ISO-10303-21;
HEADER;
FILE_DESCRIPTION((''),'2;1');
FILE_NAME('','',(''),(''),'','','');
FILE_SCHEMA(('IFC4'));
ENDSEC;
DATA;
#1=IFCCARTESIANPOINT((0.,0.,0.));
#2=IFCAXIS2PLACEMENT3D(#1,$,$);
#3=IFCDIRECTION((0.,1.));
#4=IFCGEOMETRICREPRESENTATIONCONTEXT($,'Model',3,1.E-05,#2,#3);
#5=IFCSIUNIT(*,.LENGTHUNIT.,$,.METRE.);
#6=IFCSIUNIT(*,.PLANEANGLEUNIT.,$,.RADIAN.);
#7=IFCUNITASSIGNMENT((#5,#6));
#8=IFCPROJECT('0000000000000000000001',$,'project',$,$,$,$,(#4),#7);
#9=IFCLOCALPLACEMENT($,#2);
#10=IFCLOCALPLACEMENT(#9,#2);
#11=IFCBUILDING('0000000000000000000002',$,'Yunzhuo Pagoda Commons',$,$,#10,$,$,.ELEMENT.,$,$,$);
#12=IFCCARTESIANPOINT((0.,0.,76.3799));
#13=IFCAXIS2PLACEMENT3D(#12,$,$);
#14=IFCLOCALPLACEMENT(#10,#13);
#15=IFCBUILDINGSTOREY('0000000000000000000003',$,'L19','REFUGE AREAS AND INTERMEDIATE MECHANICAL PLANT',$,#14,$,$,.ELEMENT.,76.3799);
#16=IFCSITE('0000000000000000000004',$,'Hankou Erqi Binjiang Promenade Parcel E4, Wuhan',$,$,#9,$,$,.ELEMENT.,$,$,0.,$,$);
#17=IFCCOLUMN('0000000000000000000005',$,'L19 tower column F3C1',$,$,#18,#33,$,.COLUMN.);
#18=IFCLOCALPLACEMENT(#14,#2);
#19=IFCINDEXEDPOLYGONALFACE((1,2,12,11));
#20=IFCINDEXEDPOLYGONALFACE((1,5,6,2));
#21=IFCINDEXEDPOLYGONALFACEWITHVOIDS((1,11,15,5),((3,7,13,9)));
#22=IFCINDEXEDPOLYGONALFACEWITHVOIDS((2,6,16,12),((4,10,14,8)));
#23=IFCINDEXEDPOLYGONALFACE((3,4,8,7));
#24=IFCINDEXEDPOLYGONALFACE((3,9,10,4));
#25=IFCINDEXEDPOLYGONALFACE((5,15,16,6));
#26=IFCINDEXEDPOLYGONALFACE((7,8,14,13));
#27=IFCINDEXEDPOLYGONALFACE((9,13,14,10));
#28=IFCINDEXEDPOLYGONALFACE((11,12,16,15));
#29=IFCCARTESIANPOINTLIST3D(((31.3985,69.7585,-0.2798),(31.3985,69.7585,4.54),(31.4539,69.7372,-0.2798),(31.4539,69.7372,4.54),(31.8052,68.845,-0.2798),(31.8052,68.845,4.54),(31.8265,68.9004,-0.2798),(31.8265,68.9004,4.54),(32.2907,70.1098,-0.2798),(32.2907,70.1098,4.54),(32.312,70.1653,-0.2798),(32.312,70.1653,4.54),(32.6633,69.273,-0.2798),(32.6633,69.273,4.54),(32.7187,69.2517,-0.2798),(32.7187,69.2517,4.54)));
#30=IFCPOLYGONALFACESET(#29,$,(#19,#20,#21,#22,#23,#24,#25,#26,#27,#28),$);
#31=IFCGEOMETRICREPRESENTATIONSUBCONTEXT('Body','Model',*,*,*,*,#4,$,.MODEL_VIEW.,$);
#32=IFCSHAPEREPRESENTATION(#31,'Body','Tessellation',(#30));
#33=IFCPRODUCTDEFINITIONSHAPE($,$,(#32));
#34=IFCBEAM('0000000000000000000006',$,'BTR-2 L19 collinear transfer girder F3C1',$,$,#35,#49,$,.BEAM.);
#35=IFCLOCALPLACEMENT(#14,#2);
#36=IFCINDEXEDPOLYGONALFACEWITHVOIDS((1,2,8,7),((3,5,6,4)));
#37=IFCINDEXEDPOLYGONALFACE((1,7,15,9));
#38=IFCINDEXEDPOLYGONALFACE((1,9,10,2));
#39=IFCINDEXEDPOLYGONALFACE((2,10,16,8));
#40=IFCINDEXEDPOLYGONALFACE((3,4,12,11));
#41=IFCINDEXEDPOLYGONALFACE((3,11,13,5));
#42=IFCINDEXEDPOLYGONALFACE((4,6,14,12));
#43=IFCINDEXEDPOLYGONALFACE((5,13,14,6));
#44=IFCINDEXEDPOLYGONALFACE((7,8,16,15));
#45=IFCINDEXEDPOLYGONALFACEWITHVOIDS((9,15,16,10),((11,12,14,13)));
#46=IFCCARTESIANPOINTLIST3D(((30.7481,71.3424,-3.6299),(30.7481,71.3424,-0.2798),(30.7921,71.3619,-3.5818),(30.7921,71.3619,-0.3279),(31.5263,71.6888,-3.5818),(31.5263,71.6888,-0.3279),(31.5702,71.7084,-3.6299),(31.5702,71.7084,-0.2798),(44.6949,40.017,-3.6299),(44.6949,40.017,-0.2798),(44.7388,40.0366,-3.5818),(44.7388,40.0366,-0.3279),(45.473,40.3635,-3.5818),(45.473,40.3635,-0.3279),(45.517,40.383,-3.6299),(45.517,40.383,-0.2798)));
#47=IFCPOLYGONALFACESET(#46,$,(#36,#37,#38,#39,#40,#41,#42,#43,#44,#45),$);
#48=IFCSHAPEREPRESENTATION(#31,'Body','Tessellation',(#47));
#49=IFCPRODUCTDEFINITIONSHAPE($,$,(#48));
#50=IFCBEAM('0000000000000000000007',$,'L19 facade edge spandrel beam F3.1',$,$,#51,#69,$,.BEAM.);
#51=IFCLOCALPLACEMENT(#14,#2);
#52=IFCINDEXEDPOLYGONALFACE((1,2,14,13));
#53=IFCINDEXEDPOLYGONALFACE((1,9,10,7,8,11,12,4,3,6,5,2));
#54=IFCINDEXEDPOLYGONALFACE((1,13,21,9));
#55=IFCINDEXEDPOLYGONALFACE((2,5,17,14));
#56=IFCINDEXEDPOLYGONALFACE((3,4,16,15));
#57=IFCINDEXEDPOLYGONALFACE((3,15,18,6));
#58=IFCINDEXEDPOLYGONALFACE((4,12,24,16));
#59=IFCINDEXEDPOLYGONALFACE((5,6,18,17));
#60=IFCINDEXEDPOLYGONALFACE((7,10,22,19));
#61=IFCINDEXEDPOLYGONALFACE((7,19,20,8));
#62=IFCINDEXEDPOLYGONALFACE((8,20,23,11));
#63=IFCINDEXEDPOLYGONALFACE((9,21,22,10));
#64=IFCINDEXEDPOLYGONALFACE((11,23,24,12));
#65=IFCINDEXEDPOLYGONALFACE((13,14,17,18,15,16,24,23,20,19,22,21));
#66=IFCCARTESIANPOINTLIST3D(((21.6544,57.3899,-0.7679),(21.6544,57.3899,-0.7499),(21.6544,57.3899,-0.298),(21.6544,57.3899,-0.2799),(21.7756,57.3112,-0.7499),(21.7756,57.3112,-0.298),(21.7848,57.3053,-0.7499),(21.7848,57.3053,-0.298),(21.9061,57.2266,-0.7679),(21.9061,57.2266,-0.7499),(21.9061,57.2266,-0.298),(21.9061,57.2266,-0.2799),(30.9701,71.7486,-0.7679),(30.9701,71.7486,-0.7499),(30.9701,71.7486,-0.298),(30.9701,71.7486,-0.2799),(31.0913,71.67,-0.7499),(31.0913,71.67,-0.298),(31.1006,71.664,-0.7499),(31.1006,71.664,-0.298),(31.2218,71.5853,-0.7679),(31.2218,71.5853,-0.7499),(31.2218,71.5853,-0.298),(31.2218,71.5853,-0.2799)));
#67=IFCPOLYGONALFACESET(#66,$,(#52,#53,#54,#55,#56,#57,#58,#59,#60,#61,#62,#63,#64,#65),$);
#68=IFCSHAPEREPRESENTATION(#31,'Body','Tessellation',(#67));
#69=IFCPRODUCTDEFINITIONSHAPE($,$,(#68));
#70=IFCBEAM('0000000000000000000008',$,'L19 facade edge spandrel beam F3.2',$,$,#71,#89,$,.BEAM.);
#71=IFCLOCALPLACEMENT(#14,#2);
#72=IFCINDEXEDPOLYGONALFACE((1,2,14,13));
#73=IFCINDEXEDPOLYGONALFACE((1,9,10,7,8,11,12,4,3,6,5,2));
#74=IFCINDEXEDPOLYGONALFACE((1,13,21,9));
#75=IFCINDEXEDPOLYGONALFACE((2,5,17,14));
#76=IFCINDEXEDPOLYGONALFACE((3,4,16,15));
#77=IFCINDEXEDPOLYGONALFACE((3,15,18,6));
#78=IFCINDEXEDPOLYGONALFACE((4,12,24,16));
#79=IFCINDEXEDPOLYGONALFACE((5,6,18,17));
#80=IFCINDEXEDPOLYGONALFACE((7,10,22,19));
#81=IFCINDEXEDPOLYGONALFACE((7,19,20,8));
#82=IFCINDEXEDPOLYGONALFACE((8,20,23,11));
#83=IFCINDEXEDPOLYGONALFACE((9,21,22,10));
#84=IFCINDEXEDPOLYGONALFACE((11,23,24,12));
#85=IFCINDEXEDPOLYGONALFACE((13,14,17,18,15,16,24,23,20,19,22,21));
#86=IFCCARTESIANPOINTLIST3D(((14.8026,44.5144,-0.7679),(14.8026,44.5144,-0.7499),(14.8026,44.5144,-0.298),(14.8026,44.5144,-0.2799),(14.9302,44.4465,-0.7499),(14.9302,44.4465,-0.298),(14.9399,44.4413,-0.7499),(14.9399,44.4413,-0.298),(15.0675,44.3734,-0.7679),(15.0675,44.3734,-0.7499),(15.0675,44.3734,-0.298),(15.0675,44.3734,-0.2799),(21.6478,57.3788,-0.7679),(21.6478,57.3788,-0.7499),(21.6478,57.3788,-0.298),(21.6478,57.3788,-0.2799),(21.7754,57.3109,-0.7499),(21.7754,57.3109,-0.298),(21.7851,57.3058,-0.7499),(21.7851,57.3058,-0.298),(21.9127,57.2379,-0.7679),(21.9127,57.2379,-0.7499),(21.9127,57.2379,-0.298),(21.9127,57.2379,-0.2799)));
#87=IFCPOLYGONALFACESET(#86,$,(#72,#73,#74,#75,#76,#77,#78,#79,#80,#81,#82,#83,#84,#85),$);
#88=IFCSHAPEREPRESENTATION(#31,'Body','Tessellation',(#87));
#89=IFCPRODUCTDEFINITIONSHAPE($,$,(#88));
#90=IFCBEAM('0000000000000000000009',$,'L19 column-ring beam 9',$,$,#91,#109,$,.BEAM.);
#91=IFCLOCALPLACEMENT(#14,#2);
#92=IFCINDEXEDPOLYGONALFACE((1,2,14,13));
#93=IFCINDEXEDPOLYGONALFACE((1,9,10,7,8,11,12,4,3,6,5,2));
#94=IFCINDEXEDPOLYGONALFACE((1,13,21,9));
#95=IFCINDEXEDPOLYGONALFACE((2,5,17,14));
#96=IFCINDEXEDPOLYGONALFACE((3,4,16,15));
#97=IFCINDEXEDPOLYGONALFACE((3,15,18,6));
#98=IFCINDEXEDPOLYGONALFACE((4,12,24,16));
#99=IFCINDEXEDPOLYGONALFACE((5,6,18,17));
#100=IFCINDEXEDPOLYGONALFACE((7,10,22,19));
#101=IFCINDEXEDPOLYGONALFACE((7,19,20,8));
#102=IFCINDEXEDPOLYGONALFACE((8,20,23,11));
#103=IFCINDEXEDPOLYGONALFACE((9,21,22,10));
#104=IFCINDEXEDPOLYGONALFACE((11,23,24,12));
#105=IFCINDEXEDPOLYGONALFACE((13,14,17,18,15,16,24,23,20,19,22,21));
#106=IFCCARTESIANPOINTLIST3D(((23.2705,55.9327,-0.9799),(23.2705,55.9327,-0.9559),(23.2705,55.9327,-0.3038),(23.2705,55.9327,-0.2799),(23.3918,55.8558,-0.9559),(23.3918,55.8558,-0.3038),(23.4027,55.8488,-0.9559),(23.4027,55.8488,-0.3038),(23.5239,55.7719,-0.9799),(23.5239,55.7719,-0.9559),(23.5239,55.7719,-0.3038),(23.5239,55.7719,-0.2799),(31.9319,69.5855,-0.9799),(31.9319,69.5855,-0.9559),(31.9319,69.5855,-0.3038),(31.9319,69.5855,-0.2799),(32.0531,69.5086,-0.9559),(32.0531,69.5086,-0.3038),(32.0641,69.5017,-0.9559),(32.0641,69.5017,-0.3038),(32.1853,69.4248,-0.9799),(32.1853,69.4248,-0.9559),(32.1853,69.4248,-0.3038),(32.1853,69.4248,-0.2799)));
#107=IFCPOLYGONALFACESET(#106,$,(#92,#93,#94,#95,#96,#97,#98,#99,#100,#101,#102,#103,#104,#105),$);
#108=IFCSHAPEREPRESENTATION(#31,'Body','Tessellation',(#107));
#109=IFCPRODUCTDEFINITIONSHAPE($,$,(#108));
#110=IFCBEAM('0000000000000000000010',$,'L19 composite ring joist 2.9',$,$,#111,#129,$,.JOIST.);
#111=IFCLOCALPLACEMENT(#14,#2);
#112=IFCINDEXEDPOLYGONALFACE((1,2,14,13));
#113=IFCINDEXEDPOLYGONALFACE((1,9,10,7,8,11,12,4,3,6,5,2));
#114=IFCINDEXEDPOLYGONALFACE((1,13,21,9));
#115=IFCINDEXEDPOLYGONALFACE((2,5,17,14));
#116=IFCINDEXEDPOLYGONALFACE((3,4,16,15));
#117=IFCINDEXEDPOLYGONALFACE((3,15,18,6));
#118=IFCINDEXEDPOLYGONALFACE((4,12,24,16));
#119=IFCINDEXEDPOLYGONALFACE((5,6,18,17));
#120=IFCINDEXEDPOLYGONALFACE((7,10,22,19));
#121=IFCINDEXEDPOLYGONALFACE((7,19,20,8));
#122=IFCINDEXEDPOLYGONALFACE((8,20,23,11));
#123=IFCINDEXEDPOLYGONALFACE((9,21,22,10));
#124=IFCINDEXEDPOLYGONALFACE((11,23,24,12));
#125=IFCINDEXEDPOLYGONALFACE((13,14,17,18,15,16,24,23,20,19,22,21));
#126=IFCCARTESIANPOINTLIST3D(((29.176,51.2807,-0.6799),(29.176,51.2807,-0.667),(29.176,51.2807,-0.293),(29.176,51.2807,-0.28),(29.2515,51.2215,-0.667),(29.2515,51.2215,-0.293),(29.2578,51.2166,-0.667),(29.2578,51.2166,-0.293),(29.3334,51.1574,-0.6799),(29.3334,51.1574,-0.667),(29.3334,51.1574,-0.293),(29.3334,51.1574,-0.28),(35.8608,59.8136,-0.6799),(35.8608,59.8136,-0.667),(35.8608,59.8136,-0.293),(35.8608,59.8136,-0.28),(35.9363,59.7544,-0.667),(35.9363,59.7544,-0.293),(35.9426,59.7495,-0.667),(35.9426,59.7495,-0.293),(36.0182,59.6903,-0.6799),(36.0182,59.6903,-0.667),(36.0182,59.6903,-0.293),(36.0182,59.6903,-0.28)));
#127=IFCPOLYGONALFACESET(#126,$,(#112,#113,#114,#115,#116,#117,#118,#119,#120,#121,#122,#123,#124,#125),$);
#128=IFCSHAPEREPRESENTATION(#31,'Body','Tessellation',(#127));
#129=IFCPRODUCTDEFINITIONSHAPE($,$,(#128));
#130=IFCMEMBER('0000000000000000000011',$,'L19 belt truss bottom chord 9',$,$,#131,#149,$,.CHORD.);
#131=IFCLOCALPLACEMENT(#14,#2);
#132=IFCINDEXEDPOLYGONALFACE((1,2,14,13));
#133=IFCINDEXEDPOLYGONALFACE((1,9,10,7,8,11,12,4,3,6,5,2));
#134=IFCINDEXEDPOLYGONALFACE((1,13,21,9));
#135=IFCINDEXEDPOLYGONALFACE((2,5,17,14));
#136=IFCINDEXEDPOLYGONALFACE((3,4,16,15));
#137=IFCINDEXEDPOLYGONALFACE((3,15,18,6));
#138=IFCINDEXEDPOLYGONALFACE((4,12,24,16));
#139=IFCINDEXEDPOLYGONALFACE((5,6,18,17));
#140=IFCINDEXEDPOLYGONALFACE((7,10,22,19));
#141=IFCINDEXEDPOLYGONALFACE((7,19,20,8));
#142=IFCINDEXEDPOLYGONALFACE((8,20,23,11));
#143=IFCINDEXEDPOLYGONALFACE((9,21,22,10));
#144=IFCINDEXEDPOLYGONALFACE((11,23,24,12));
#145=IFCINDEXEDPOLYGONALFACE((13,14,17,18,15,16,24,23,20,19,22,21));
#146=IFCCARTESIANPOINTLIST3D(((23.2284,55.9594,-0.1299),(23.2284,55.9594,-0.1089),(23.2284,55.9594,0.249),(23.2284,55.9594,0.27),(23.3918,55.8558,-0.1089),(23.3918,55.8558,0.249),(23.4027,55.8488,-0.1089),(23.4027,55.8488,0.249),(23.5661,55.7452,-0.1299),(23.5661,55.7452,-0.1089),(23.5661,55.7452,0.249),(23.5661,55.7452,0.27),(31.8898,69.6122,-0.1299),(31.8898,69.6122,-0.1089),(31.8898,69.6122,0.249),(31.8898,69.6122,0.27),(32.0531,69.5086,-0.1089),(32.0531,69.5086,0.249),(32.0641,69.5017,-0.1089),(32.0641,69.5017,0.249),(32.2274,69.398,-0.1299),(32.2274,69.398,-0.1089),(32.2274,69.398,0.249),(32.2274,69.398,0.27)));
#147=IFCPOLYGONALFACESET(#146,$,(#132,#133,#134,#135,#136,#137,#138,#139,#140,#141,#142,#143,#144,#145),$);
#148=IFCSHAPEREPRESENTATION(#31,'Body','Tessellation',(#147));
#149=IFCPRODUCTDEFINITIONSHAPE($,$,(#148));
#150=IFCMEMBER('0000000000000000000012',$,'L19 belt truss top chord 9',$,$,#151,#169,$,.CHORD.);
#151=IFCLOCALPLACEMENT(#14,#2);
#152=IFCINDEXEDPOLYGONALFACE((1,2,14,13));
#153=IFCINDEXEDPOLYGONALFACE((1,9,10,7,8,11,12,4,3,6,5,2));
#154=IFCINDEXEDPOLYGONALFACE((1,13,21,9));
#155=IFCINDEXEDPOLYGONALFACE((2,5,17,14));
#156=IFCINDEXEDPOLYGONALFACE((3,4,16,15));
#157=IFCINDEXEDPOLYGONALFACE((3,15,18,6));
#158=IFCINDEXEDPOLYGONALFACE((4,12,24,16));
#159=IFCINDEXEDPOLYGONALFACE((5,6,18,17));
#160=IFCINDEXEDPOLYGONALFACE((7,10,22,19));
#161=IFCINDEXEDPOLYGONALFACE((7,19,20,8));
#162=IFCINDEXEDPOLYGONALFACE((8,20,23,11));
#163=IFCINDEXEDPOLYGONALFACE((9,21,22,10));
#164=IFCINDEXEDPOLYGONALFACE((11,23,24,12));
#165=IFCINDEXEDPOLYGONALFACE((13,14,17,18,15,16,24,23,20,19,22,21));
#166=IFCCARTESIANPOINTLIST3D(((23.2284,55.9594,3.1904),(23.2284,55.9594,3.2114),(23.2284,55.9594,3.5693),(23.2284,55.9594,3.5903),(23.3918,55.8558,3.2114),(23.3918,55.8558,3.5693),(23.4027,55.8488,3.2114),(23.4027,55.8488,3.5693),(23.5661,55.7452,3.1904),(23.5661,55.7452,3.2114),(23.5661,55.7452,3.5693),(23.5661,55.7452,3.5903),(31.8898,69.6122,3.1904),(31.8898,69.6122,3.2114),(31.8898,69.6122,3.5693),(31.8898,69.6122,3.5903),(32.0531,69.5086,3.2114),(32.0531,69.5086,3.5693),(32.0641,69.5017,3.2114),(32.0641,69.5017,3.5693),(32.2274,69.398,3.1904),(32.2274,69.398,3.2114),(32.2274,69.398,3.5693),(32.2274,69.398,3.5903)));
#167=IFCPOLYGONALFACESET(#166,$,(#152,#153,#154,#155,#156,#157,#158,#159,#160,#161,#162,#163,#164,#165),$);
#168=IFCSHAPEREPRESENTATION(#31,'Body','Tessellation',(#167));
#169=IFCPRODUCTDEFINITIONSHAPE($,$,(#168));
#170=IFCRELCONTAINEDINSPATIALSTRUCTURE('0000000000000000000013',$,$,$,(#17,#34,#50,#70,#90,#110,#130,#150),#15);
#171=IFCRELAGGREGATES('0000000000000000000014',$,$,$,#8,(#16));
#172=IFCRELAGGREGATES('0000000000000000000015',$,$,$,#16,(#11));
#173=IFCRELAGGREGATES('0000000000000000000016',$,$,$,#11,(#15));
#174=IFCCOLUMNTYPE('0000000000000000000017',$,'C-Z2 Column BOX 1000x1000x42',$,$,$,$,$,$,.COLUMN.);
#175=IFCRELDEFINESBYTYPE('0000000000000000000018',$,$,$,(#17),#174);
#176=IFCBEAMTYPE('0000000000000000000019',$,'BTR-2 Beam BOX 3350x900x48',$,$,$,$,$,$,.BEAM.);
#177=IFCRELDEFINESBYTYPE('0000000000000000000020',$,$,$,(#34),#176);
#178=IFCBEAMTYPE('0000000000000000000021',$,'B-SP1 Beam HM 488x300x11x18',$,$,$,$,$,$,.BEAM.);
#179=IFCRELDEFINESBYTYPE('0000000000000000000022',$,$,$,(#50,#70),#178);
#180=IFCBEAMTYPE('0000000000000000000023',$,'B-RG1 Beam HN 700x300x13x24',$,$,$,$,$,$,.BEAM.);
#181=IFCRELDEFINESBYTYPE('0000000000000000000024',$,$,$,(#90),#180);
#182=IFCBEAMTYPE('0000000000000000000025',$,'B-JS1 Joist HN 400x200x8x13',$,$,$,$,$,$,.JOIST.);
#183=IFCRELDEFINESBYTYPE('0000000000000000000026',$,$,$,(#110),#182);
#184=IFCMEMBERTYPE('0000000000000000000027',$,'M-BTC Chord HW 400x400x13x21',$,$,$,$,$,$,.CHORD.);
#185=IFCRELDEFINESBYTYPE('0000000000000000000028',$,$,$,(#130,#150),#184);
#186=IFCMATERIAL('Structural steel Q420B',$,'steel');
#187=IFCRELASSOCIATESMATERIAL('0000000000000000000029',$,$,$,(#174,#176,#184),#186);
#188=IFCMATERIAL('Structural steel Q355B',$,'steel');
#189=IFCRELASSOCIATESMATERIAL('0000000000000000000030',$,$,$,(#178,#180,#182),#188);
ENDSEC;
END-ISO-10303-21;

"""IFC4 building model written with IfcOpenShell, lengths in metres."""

from ifc_helpers import new_model, si_unit, direction, frame, origin, origin_2d, place, context, subcontext, project, spatial, hollow_rectangle, i_section, extrude, source, transform, mapped, material, material_profile, profile_set, type_object, element, save


model = new_model("IFC4")

# Units and contexts
model_context = context("Model", 3, precision=1e-05, world=origin(), true_north=direction((0.0, 1.0)))
body_context = subcontext(model_context, "Body", "Model", "MODEL_VIEW")
ifc_project = project(units=[si_unit("LENGTHUNIT", "METRE"), si_unit("PLANEANGLEUNIT", "RADIAN")], contexts=[model_context])

# Site, building, storey
site_placement = place(None, origin())
site = spatial("IfcSite", under=ifc_project, at=site_placement, Name="Hankou Erqi Binjiang Promenade Parcel E4, Wuhan", CompositionType="ELEMENT", RefElevation=0.0)
building_placement = place(site_placement, origin())
building = spatial("IfcBuilding", under=site, at=building_placement, Name="Yunzhuo Pagoda Commons", CompositionType="ELEMENT")
storey_placement = place(building_placement, frame((0.0, 0.0, 76.3799)))
storey = spatial("IfcBuildingStorey", under=building, at=storey_placement, Name="L19", Description="REFUGE AREAS AND INTERMEDIATE MECHANICAL PLANT", CompositionType="ELEMENT", Elevation=76.3799)

# Column
ifc_material_1 = material(Name="Structural steel Q420B", Category="steel")
ifc_material_profile_1 = material_profile(ifc_material_1, hollow_rectangle(XDim=1.0, YDim=1.0, WallThickness=0.042, at=origin_2d()), Name="Structural steel Q420B")
ifc_profile_set_1 = profile_set([ifc_material_profile_1], Name="Structural steel Q420B")
column_type = type_object("IfcColumnType", Name="C-Z2 Column BOX 1000x1000x42", PredefinedType="COLUMN", material=ifc_profile_set_1)
shared_shape_1 = source(origin(), body_context, "Body", "SweptSolid", [
    extrude(hollow_rectangle(XDim=1.0, YDim=1.0, WallThickness=0.042, at=origin_2d()), origin(), (0.0, 0.0, 1.0), 4.8198),
])
column_placement = place(storey_placement, frame((32.0586, 69.5051, -0.2798), z_axis=(0.0, 0.0, 1.0), x_axis=(-0.913545, -0.406737, 0.0)))
element("IfcColumn", 1, at=column_placement, inside=storey, type_object=column_type, Name="L19 tower column F3C1", PredefinedType="COLUMN", context=body_context, shape_type="MappedRepresentation", body=[
    mapped(shared_shape_1, transform((0.0, 0.0, 0.0), scale=1.0)),
])

# Beams
ifc_material_profile_2 = material_profile(ifc_material_1, hollow_rectangle(XDim=0.8999, YDim=3.3501, WallThickness=0.0481, at=origin_2d()), Name="Structural steel Q420B")
ifc_profile_set_2 = profile_set([ifc_material_profile_2], Name="Structural steel Q420B")
beam_type_1 = type_object("IfcBeamType", Name="BTR-2 Beam BOX 3350x900x48", PredefinedType="BEAM", material=ifc_profile_set_2)
shared_shape_2 = source(origin(), body_context, "Body", "SweptSolid", [
    extrude(hollow_rectangle(XDim=0.8999, YDim=3.3501, WallThickness=0.0481, at=origin_2d()), origin(), (0.0, 0.0, 1.0), 34.2898),
])
beam_1_placement = place(storey_placement, frame((31.1592, 71.5254, -1.9548), z_axis=(0.406732, -0.913548, 0.0), x_axis=(0.913548, 0.406732, 0.0)))
element("IfcBeam", 2, at=beam_1_placement, inside=storey, type_object=beam_type_1, Name="BTR-2 L19 collinear transfer girder F3C1", PredefinedType="BEAM", context=body_context, shape_type="MappedRepresentation", body=[
    mapped(shared_shape_2, transform((0.0, 0.0, 0.0), scale=1.0)),
])
ifc_material_2 = material(Name="Structural steel Q355B", Category="steel")
ifc_material_profile_3 = material_profile(ifc_material_2, i_section(OverallWidth=0.3, OverallDepth=0.488, WebThickness=0.011, FlangeThickness=0.0181, at=origin_2d()), Name="Structural steel Q355B")
ifc_profile_set_3 = profile_set([ifc_material_profile_3], Name="Structural steel Q355B")
beam_type_2 = type_object("IfcBeamType", Name="B-SP1 Beam HM 488x300x11x18", PredefinedType="BEAM", material=ifc_profile_set_3)
shared_shape_3 = source(origin(), body_context, "Body", "SweptSolid", [
    extrude(i_section(OverallWidth=0.3, OverallDepth=0.488, WebThickness=0.011, FlangeThickness=0.0181, at=origin_2d()), origin(), (0.0, 0.0, 1.0), 17.116),
])
beam_2_placement = place(storey_placement, frame((31.0959, 71.667, -0.5239), z_axis=(-0.544272, -0.838909, 0.0), x_axis=(0.838909, -0.544272, 0.0)))
element("IfcBeam", 3, at=beam_2_placement, inside=storey, type_object=beam_type_2, Name="L19 facade edge spandrel beam F3.1", PredefinedType="BEAM", context=body_context, shape_type="MappedRepresentation", body=[
    mapped(shared_shape_3, transform((0.0, 0.0, 0.0), scale=1.0)),
])
shared_shape_4 = source(origin(), body_context, "Body", "SweptSolid", [
    extrude(i_section(OverallWidth=0.3, OverallDepth=0.488, WebThickness=0.011, FlangeThickness=0.0181, at=origin_2d()), origin(), (0.0, 0.0, 1.0), 14.5723),
])
beam_3_placement = place(storey_placement, frame((21.7803, 57.3083, -0.5239), z_axis=(-0.469741, -0.882804, 0.0), x_axis=(0.882804, -0.469741, 0.0)))
element("IfcBeam", 4, at=beam_3_placement, inside=storey, type_object=beam_type_2, Name="L19 facade edge spandrel beam F3.2", PredefinedType="BEAM", context=body_context, shape_type="MappedRepresentation", body=[
    mapped(shared_shape_4, transform((0.0, 0.0, 0.0), scale=1.0)),
])
ifc_material_profile_4 = material_profile(ifc_material_2, i_section(OverallWidth=0.3, OverallDepth=0.7, WebThickness=0.0129, FlangeThickness=0.0239, at=origin_2d()), Name="Structural steel Q355B")
ifc_profile_set_4 = profile_set([ifc_material_profile_4], Name="Structural steel Q355B")
beam_type_3 = type_object("IfcBeamType", Name="B-RG1 Beam HN 700x300x13x24", PredefinedType="BEAM", material=ifc_profile_set_4)
shared_shape_5 = source(origin(), body_context, "Body", "SweptSolid", [
    extrude(i_section(OverallWidth=0.3, OverallDepth=0.7, WebThickness=0.0129, FlangeThickness=0.0239, at=origin_2d()), origin(), (0.0, 0.0, 1.0), 16.1685),
])
beam_4_placement = place(storey_placement, frame((32.0586, 69.5051, -0.6299), z_axis=(-0.535696, -0.844411, 0.0), x_axis=(0.844411, -0.535696, 0.0)))
element("IfcBeam", 5, at=beam_4_placement, inside=storey, type_object=beam_type_3, Name="L19 column-ring beam 9", PredefinedType="BEAM", context=body_context, shape_type="MappedRepresentation", body=[
    mapped(shared_shape_5, transform((0.0, 0.0, 0.0), scale=1.0)),
])
ifc_material_profile_5 = material_profile(ifc_material_2, i_section(OverallWidth=0.2, OverallDepth=0.3999, WebThickness=0.0081, FlangeThickness=0.0129, at=origin_2d()), Name="Structural steel Q355B")
ifc_profile_set_5 = profile_set([ifc_material_profile_5], Name="Structural steel Q355B")
beam_type_4 = type_object("IfcBeamType", Name="B-JS1 Joist HN 400x200x8x13", PredefinedType="JOIST", material=ifc_profile_set_5)
shared_shape_6 = source(origin(), body_context, "Body", "SweptSolid", [
    extrude(i_section(OverallWidth=0.2, OverallDepth=0.3999, WebThickness=0.0081, FlangeThickness=0.0129, at=origin_2d()), origin(), (0.0, 0.0, 1.0), 10.8396),
])
beam_5_placement = place(storey_placement, frame((35.9395, 59.752, -0.48), z_axis=(-0.6167, -0.787198, 0.0), x_axis=(0.787198, -0.6167, 0.0)))
element("IfcBeam", 6, at=beam_5_placement, inside=storey, type_object=beam_type_4, Name="L19 composite ring joist 2.9", PredefinedType="JOIST", context=body_context, shape_type="MappedRepresentation", body=[
    mapped(shared_shape_6, transform((0.0, 0.0, 0.0), scale=1.0)),
])

# Members
ifc_material_profile_6 = material_profile(ifc_material_1, i_section(OverallWidth=0.3999, OverallDepth=0.3999, WebThickness=0.0129, FlangeThickness=0.021, at=origin_2d()), Name="Structural steel Q420B")
ifc_profile_set_6 = profile_set([ifc_material_profile_6], Name="Structural steel Q420B")
member_type_1 = type_object("IfcMemberType", Name="M-BTC Chord HW 400x400x13x21", PredefinedType="CHORD", material=ifc_profile_set_6)
shared_shape_7 = source(origin(), body_context, "Body", "SweptSolid", [
    extrude(i_section(OverallWidth=0.3999, OverallDepth=0.3999, WebThickness=0.0129, FlangeThickness=0.021, at=origin_2d()), origin(), (0.0, 0.0, 1.0), 16.1685),
])
for number, where, z_axis, x_axis, name in (
    (7, (32.0586, 69.5051, 0.0701), (-0.535696, -0.844411, 0.0), (0.844411, -0.535696, 0.0), "L19 belt truss bottom chord 9"),
    (8, (32.0586, 69.5051, 3.3904), (-0.535696, -0.844411, 0.0), (0.844411, -0.535696, 0.0), "L19 belt truss top chord 9"),
):
    element("IfcMember", number, at=place(storey_placement, frame(where, z_axis=z_axis, x_axis=x_axis)), inside=storey, type_object=member_type_1, Name=name, PredefinedType="CHORD", context=body_context, shape_type="MappedRepresentation", body=[
        mapped(shared_shape_7, transform((0.0, 0.0, 0.0), scale=1.0)),
    ])

save(model, "model.ifc")
